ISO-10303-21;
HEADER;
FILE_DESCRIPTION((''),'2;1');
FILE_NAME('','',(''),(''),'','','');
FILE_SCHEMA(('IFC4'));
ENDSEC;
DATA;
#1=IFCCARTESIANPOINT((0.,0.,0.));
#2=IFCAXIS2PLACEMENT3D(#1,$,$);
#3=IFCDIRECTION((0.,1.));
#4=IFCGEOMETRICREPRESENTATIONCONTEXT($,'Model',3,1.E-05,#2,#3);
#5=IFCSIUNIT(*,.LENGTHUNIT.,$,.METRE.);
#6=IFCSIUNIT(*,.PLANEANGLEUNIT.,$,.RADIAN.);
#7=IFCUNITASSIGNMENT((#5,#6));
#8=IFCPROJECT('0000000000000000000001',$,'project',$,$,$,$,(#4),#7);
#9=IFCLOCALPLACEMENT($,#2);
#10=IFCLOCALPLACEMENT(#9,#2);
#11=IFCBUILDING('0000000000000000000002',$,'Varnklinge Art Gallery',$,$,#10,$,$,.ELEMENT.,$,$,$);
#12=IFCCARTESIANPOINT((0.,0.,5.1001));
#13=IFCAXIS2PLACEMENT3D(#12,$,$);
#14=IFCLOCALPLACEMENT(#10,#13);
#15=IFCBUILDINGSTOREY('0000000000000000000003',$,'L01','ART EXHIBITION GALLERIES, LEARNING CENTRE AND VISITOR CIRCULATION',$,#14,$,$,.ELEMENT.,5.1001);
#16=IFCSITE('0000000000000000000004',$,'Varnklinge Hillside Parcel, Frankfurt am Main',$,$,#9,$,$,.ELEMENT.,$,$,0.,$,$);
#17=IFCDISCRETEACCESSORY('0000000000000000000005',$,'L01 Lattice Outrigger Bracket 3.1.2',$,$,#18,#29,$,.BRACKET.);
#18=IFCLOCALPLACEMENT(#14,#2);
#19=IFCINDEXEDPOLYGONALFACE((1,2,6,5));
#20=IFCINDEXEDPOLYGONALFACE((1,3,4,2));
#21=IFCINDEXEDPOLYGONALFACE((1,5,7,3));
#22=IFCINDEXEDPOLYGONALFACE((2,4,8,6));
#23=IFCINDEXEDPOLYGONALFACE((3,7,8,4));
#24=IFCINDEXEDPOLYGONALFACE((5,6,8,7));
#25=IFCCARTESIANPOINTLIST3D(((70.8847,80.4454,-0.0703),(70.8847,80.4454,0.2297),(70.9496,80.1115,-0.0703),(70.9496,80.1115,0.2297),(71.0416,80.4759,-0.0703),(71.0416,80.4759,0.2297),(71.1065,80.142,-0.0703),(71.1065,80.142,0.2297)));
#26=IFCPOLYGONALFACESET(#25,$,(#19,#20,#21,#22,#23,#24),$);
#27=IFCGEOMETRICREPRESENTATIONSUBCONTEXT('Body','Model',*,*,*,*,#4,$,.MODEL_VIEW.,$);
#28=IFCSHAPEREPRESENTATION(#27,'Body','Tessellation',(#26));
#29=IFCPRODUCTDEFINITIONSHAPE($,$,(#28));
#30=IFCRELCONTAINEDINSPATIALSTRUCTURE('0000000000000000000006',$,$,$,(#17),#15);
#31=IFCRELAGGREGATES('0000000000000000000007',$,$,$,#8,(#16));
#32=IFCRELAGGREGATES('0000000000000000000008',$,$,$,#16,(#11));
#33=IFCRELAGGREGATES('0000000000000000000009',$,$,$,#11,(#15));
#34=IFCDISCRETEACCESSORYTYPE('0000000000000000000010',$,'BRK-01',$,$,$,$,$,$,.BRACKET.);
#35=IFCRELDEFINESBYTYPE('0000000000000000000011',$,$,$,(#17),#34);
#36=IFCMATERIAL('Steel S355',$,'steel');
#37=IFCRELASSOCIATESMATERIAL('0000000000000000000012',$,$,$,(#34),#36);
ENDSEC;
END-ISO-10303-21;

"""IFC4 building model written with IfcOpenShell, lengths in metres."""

from ifc_helpers import new_model, si_unit, direction, frame, origin, origin_2d, place, context, subcontext, project, spatial, rectangle, extrude, material, type_object, element, save


model = new_model("IFC4")

# Units and contexts
model_context = context("Model", 3, precision=1e-05, world=origin(), true_north=direction((0.0, 1.0)))
body_context = subcontext(model_context, "Body", "Model", "MODEL_VIEW")
ifc_project = project(units=[si_unit("LENGTHUNIT", "METRE"), si_unit("PLANEANGLEUNIT", "RADIAN")], contexts=[model_context])

# Site, building, storey
site_placement = place(None, origin())
site = spatial("IfcSite", under=ifc_project, at=site_placement, Name="Varnklinge Hillside Parcel, Frankfurt am Main", CompositionType="ELEMENT", RefElevation=0.0)
building_placement = place(site_placement, origin())
building = spatial("IfcBuilding", under=site, at=building_placement, Name="Varnklinge Art Gallery", CompositionType="ELEMENT")
storey_placement = place(building_placement, frame((0.0, 0.0, 5.1001)))
storey = spatial("IfcBuildingStorey", under=building, at=storey_placement, Name="L01", Description="ART EXHIBITION GALLERIES, LEARNING CENTRE AND VISITOR CIRCULATION", CompositionType="ELEMENT", Elevation=5.1001)

# Discrete accessory
ifc_material_1 = material(Name="Steel S355", Category="steel")
discrete_accessory_type = type_object("IfcDiscreteAccessoryType", Name="BRK-01", PredefinedType="BRACKET", material=ifc_material_1)
discrete_accessory_placement = place(storey_placement, frame((70.9956, 80.2937, -0.0703), z_axis=(0.0, 0.0, 1.0), x_axis=(-0.981627, -0.190809, 0.0)))
element("IfcDiscreteAccessory", 1, at=discrete_accessory_placement, inside=storey, type_object=discrete_accessory_type, Name="L01 Lattice Outrigger Bracket 3.1.2", PredefinedType="BRACKET", context=body_context, shape_type="SweptSolid", body=[
    extrude(rectangle(XDim=0.1599, YDim=0.3401, at=origin_2d()), origin(), (0.0, 0.0, 1.0), 0.3),
])

save(model, "model.ifc")
